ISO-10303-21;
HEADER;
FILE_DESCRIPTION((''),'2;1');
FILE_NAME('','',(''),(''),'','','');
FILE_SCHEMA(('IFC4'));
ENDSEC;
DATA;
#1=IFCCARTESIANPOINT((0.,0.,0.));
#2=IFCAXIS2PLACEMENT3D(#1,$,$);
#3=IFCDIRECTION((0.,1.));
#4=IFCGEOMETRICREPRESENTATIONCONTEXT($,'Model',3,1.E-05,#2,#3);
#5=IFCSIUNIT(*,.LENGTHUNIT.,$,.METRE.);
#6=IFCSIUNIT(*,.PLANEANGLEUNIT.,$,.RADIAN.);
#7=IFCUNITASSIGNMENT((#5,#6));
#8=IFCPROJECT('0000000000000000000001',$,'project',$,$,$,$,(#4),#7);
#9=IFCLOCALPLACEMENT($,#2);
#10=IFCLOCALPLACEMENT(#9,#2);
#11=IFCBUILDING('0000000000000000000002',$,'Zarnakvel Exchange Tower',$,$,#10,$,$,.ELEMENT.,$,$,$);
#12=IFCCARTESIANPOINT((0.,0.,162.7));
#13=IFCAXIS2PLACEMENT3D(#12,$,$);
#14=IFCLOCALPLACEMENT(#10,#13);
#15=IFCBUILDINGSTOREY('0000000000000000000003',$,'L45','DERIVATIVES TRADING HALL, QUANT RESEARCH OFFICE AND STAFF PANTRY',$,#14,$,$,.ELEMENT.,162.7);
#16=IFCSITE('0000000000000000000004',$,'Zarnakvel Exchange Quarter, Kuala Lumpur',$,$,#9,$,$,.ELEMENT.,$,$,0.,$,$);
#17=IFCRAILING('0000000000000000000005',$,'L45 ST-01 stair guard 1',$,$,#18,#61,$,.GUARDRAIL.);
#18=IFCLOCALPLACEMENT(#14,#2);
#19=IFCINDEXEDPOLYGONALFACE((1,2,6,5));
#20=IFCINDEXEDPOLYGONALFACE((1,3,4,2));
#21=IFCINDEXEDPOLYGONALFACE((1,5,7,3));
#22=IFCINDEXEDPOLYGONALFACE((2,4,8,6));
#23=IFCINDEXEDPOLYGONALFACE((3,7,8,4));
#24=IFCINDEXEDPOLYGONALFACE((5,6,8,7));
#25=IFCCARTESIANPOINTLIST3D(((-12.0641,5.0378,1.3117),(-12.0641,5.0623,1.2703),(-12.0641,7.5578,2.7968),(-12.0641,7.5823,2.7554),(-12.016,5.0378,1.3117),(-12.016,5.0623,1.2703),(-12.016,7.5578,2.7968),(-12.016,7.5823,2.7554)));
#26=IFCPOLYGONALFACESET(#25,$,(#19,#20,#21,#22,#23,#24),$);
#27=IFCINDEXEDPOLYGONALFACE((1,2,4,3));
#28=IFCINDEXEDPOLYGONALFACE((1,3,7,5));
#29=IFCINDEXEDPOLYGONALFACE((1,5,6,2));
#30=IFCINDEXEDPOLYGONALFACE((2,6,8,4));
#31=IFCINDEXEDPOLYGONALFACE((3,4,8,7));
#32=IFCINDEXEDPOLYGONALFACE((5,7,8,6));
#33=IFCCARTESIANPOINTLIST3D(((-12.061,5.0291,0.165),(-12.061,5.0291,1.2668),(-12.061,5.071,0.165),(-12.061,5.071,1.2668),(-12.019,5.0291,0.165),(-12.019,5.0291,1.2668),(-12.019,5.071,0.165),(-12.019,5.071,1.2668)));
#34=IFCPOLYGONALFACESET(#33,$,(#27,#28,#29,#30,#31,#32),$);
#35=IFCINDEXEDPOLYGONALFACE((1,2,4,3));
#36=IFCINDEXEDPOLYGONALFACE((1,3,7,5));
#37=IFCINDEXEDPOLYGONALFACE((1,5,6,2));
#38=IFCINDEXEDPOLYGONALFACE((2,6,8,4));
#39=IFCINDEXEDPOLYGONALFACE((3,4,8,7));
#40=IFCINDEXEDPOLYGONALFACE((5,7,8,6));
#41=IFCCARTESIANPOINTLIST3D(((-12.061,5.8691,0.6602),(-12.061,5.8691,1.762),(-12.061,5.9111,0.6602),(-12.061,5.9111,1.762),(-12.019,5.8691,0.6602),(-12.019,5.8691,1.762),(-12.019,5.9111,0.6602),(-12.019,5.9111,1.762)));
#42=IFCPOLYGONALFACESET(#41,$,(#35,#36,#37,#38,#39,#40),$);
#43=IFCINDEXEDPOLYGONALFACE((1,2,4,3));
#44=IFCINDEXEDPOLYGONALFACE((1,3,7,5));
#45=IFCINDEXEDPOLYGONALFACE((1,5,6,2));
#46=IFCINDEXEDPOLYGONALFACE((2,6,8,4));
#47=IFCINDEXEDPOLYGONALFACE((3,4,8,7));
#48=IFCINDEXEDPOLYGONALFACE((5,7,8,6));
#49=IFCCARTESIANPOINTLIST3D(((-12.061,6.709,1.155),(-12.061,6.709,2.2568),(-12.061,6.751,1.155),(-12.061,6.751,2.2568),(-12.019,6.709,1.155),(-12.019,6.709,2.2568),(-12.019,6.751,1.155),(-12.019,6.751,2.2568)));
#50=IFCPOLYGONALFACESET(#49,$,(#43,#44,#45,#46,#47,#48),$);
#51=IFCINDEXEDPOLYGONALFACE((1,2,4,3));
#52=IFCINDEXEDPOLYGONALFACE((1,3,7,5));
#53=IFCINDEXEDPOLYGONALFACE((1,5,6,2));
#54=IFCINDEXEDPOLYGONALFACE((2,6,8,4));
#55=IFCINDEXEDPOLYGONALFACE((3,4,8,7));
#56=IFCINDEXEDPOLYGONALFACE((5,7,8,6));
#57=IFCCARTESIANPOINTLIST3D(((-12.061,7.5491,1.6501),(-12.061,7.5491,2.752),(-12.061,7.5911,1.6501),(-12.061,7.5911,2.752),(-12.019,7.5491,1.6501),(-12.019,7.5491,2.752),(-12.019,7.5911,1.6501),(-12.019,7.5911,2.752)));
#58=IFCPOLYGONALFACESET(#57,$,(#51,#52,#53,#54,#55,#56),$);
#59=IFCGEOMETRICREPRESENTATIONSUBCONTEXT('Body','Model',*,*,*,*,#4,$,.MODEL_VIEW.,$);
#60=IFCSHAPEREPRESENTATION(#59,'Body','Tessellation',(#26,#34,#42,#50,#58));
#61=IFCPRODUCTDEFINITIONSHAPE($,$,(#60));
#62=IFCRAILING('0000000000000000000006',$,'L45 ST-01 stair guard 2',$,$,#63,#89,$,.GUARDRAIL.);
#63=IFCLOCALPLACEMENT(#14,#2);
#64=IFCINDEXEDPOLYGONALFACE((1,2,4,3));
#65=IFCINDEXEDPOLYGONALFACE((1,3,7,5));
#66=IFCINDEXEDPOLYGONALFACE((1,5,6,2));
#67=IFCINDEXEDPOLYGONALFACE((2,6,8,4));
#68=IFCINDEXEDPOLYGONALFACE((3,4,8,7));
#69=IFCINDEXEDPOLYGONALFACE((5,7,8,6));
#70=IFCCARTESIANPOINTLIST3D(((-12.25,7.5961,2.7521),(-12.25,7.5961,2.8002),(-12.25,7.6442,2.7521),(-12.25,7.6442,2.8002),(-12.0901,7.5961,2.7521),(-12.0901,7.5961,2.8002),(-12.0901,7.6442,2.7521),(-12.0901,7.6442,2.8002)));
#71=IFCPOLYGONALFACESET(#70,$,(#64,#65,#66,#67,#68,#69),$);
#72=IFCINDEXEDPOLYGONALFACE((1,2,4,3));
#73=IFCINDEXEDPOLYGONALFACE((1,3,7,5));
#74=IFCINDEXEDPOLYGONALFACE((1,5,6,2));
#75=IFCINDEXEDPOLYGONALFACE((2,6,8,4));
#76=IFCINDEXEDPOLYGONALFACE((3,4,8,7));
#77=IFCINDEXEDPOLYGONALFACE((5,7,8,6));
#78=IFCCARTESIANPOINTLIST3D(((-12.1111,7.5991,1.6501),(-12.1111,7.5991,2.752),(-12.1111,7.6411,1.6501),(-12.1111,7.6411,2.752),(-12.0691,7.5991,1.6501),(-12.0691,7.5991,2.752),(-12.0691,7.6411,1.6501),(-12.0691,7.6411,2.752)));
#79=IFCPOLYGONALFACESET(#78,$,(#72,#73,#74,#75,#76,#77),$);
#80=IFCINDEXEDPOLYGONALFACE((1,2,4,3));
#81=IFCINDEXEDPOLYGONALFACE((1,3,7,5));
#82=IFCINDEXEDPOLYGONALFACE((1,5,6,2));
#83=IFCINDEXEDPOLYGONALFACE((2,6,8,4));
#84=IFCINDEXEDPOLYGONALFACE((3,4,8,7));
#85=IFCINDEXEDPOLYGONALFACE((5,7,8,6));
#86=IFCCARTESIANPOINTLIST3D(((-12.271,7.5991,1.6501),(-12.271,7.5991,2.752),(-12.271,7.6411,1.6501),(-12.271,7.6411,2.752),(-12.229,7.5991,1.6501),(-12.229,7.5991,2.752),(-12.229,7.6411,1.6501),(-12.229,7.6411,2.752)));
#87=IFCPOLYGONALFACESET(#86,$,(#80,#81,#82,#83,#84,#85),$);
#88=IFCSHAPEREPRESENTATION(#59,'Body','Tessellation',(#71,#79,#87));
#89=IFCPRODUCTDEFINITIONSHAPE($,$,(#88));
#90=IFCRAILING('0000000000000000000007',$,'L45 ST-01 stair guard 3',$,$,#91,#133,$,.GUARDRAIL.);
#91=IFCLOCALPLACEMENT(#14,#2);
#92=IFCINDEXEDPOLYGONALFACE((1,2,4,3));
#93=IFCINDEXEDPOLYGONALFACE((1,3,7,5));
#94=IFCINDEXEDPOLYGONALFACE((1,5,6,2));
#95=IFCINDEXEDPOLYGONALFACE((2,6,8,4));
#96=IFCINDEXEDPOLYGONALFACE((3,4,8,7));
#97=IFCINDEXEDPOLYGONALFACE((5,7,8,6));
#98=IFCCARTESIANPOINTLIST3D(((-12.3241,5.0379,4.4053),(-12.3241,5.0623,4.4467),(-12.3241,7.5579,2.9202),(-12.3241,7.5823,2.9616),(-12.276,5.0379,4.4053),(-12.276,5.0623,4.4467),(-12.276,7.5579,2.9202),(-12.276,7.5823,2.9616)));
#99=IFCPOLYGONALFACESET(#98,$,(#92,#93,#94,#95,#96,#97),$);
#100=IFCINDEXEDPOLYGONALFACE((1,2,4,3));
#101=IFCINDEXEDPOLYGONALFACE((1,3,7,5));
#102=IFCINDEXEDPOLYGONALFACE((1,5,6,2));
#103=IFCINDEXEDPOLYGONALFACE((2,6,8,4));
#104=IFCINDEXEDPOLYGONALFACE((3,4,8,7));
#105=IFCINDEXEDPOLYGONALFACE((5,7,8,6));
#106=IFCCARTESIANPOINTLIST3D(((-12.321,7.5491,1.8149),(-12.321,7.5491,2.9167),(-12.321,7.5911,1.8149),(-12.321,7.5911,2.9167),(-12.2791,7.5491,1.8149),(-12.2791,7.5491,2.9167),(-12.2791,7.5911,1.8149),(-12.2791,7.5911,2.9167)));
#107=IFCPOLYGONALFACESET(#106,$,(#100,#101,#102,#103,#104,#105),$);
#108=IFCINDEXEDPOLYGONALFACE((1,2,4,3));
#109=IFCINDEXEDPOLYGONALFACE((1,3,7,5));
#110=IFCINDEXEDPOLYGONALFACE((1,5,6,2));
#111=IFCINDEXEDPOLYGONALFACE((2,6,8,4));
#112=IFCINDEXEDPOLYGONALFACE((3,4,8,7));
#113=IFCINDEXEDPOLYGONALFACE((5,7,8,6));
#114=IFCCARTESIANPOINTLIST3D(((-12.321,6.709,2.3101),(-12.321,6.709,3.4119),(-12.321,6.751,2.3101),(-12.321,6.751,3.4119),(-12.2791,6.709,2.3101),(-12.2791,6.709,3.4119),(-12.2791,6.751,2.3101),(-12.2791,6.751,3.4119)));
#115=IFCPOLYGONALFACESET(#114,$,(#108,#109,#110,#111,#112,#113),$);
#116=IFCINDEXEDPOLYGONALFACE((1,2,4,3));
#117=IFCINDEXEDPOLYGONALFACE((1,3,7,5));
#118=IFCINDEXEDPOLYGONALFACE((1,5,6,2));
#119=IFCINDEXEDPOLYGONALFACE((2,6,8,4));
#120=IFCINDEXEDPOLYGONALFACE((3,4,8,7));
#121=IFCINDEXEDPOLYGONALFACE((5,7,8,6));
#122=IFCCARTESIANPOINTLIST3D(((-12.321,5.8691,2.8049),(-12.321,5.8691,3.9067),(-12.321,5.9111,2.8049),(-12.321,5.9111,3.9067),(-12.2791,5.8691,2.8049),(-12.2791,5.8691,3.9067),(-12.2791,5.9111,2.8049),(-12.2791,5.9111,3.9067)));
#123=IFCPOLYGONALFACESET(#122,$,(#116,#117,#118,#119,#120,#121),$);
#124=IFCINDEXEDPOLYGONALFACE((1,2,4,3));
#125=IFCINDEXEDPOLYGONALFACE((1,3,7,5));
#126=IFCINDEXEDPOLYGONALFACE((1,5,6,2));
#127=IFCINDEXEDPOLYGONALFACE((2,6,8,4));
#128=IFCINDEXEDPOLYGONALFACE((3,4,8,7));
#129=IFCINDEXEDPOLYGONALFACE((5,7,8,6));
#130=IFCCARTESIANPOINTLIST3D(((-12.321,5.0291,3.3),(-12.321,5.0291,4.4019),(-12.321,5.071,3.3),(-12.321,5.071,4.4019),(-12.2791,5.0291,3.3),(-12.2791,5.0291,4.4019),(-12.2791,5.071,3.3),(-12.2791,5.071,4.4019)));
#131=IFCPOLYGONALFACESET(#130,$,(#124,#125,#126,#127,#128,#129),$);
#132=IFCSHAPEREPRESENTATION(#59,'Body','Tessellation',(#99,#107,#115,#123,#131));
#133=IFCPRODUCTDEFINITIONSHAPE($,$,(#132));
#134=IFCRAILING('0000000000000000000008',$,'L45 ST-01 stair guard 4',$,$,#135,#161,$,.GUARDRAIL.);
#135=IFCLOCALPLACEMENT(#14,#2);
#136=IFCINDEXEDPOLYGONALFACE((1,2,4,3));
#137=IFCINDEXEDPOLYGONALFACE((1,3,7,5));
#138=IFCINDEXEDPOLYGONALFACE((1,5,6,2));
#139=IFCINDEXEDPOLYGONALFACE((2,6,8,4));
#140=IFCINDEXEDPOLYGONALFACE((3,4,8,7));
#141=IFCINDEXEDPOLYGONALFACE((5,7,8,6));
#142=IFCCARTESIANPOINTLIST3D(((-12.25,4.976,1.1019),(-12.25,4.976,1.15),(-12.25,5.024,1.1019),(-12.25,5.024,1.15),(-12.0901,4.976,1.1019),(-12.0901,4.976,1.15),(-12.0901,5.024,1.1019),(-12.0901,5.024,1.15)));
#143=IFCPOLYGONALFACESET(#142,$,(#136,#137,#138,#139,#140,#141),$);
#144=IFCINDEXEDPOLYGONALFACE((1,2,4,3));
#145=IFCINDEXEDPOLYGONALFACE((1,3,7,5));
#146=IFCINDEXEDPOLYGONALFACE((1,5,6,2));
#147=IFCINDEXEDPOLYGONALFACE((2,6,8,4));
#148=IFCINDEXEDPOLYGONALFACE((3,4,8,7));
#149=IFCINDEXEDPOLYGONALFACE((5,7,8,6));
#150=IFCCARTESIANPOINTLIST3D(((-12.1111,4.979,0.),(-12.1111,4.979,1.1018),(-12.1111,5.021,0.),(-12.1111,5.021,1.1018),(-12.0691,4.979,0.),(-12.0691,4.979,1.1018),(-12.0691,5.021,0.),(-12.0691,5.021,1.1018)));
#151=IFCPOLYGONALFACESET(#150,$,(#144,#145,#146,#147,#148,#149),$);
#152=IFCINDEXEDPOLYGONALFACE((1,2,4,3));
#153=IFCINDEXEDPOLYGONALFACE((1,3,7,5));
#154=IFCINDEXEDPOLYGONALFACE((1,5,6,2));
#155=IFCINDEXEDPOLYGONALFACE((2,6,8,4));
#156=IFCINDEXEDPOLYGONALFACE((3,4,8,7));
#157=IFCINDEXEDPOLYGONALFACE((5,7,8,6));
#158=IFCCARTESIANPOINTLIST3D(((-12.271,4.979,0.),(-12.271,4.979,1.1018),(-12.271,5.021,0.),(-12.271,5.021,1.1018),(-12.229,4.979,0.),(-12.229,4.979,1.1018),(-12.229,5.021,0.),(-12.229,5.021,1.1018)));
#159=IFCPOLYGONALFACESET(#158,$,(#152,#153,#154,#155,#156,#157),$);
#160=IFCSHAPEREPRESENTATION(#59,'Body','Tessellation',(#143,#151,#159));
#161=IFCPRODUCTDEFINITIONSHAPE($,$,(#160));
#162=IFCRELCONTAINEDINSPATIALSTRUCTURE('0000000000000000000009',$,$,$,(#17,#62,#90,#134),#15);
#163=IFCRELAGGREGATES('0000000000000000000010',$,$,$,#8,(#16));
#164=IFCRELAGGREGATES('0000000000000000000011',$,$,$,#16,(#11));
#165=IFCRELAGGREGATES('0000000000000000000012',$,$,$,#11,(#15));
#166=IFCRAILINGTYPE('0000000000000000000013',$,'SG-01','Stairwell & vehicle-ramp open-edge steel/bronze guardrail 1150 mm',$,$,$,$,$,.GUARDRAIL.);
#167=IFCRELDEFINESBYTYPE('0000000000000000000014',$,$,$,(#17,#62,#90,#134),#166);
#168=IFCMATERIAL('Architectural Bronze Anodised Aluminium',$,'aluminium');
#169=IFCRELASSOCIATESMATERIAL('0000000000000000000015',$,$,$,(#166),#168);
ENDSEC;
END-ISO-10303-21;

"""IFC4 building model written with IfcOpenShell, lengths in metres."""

from ifc_helpers import new_model, si_unit, direction, frame, origin, origin_2d, place, context, subcontext, project, spatial, rectangle, extrude, material, type_object, element, save


model = new_model("IFC4")

# Units and contexts
model_context = context("Model", 3, precision=1e-05, world=origin(), true_north=direction((0.0, 1.0)))
body_context = subcontext(model_context, "Body", "Model", "MODEL_VIEW")
ifc_project = project(units=[si_unit("LENGTHUNIT", "METRE"), si_unit("PLANEANGLEUNIT", "RADIAN")], contexts=[model_context])

# Site, building, storey
site_placement = place(None, origin())
site = spatial("IfcSite", under=ifc_project, at=site_placement, Name="Zarnakvel Exchange Quarter, Kuala Lumpur", CompositionType="ELEMENT", RefElevation=0.0)
building_placement = place(site_placement, origin())
building = spatial("IfcBuilding", under=site, at=building_placement, Name="Zarnakvel Exchange Tower", CompositionType="ELEMENT")
storey_placement = place(building_placement, frame((0.0, 0.0, 162.7)))
storey = spatial("IfcBuildingStorey", under=building, at=storey_placement, Name="L45", Description="DERIVATIVES TRADING HALL, QUANT RESEARCH OFFICE AND STAFF PANTRY", CompositionType="ELEMENT", Elevation=162.7)

# Shared definitions
ifc_material_1 = material(Name="Architectural Bronze Anodised Aluminium", Category="aluminium")

# Railings
railing_type_1 = type_object("IfcRailingType", Name="SG-01", Description="Stairwell & vehicle-ramp open-edge steel/bronze guardrail 1150 mm", PredefinedType="GUARDRAIL", material=ifc_material_1)
railing_1_placement = place(storey_placement, frame((-12.04, 5.05, 0.165)))
element("IfcRailing", 1, at=railing_1_placement, inside=storey, type_object=railing_type_1, Name="L45 ST-01 stair guard 1", PredefinedType="GUARDRAIL", context=body_context, shape_type="SweptSolid", body=[
    extrude(rectangle(XDim=0.0481, YDim=0.0481, at=origin_2d()), frame((0.0, 0.0, 1.126), z_axis=(0.0, 0.861524, 0.507717), x_axis=(-1.0, 0.0, 0.0)), (0.0, 0.0, 1.0), 2.925),
    extrude(rectangle(XDim=0.042, YDim=0.042, at=origin_2d()), origin(), (0.0, 0.0, 1.0), 1.1018),
    extrude(rectangle(XDim=0.042, YDim=0.042, at=origin_2d()), frame((0.0, 0.8401, 0.4951)), (0.0, 0.0, 1.0), 1.1018),
    extrude(rectangle(XDim=0.042, YDim=0.042, at=origin_2d()), frame((0.0, 1.6799, 0.99)), (0.0, 0.0, 1.0), 1.1018),
    extrude(rectangle(XDim=0.042, YDim=0.042, at=origin_2d()), frame((0.0, 2.52, 1.4851)), (0.0, 0.0, 1.0), 1.1018),
])
railing_2_placement = place(storey_placement, frame((-12.0901, 7.6201, 1.6501)))
element("IfcRailing", 2, at=railing_2_placement, inside=storey, type_object=railing_type_1, Name="L45 ST-01 stair guard 2", PredefinedType="GUARDRAIL", context=body_context, shape_type="SweptSolid", body=[
    extrude(rectangle(XDim=0.0481, YDim=0.0481, at=origin_2d()), frame((0.0, 0.0, 1.126), z_axis=(-1.0, 0.0, 0.0), x_axis=(0.0, -1.0, 0.0)), (0.0, 0.0, 1.0), 0.1599),
    extrude(rectangle(XDim=0.042, YDim=0.042, at=origin_2d()), origin(), (0.0, 0.0, 1.0), 1.1018),
    extrude(rectangle(XDim=0.042, YDim=0.042, at=origin_2d()), frame((-0.1599, 0.0, 0.0)), (0.0, 0.0, 1.0), 1.1018),
])
railing_3_placement = place(storey_placement, frame((-12.3, 7.5701, 1.8149)))
element("IfcRailing", 3, at=railing_3_placement, inside=storey, type_object=railing_type_1, Name="L45 ST-01 stair guard 3", PredefinedType="GUARDRAIL", context=body_context, shape_type="SweptSolid", body=[
    extrude(rectangle(XDim=0.0481, YDim=0.0481, at=origin_2d()), frame((0.0, 0.0, 1.126), z_axis=(0.0, -0.861524, 0.507717), x_axis=(1.0, 0.0, 0.0)), (0.0, 0.0, 1.0), 2.925),
    extrude(rectangle(XDim=0.042, YDim=0.042, at=origin_2d()), origin(), (0.0, 0.0, 1.0), 1.1018),
    extrude(rectangle(XDim=0.042, YDim=0.042, at=origin_2d()), frame((0.0, -0.8401, 0.4951)), (0.0, 0.0, 1.0), 1.1018),
    extrude(rectangle(XDim=0.042, YDim=0.042, at=origin_2d()), frame((0.0, -1.6799, 0.99)), (0.0, 0.0, 1.0), 1.1018),
    extrude(rectangle(XDim=0.042, YDim=0.042, at=origin_2d()), frame((0.0, -2.52, 1.4851)), (0.0, 0.0, 1.0), 1.1018),
])
railing_4_placement = place(storey_placement, frame((-12.0901, 5.0, 0.0)))
element("IfcRailing", 4, at=railing_4_placement, inside=storey, type_object=railing_type_1, Name="L45 ST-01 stair guard 4", PredefinedType="GUARDRAIL", context=body_context, shape_type="SweptSolid", body=[
    extrude(rectangle(XDim=0.0481, YDim=0.0481, at=origin_2d()), frame((0.0, 0.0, 1.126), z_axis=(-1.0, 0.0, 0.0), x_axis=(0.0, -1.0, 0.0)), (0.0, 0.0, 1.0), 0.1599),
    extrude(rectangle(XDim=0.042, YDim=0.042, at=origin_2d()), origin(), (0.0, 0.0, 1.0), 1.1018),
    extrude(rectangle(XDim=0.042, YDim=0.042, at=origin_2d()), frame((-0.1599, 0.0, 0.0)), (0.0, 0.0, 1.0), 1.1018),
])

save(model, "model.ifc")
